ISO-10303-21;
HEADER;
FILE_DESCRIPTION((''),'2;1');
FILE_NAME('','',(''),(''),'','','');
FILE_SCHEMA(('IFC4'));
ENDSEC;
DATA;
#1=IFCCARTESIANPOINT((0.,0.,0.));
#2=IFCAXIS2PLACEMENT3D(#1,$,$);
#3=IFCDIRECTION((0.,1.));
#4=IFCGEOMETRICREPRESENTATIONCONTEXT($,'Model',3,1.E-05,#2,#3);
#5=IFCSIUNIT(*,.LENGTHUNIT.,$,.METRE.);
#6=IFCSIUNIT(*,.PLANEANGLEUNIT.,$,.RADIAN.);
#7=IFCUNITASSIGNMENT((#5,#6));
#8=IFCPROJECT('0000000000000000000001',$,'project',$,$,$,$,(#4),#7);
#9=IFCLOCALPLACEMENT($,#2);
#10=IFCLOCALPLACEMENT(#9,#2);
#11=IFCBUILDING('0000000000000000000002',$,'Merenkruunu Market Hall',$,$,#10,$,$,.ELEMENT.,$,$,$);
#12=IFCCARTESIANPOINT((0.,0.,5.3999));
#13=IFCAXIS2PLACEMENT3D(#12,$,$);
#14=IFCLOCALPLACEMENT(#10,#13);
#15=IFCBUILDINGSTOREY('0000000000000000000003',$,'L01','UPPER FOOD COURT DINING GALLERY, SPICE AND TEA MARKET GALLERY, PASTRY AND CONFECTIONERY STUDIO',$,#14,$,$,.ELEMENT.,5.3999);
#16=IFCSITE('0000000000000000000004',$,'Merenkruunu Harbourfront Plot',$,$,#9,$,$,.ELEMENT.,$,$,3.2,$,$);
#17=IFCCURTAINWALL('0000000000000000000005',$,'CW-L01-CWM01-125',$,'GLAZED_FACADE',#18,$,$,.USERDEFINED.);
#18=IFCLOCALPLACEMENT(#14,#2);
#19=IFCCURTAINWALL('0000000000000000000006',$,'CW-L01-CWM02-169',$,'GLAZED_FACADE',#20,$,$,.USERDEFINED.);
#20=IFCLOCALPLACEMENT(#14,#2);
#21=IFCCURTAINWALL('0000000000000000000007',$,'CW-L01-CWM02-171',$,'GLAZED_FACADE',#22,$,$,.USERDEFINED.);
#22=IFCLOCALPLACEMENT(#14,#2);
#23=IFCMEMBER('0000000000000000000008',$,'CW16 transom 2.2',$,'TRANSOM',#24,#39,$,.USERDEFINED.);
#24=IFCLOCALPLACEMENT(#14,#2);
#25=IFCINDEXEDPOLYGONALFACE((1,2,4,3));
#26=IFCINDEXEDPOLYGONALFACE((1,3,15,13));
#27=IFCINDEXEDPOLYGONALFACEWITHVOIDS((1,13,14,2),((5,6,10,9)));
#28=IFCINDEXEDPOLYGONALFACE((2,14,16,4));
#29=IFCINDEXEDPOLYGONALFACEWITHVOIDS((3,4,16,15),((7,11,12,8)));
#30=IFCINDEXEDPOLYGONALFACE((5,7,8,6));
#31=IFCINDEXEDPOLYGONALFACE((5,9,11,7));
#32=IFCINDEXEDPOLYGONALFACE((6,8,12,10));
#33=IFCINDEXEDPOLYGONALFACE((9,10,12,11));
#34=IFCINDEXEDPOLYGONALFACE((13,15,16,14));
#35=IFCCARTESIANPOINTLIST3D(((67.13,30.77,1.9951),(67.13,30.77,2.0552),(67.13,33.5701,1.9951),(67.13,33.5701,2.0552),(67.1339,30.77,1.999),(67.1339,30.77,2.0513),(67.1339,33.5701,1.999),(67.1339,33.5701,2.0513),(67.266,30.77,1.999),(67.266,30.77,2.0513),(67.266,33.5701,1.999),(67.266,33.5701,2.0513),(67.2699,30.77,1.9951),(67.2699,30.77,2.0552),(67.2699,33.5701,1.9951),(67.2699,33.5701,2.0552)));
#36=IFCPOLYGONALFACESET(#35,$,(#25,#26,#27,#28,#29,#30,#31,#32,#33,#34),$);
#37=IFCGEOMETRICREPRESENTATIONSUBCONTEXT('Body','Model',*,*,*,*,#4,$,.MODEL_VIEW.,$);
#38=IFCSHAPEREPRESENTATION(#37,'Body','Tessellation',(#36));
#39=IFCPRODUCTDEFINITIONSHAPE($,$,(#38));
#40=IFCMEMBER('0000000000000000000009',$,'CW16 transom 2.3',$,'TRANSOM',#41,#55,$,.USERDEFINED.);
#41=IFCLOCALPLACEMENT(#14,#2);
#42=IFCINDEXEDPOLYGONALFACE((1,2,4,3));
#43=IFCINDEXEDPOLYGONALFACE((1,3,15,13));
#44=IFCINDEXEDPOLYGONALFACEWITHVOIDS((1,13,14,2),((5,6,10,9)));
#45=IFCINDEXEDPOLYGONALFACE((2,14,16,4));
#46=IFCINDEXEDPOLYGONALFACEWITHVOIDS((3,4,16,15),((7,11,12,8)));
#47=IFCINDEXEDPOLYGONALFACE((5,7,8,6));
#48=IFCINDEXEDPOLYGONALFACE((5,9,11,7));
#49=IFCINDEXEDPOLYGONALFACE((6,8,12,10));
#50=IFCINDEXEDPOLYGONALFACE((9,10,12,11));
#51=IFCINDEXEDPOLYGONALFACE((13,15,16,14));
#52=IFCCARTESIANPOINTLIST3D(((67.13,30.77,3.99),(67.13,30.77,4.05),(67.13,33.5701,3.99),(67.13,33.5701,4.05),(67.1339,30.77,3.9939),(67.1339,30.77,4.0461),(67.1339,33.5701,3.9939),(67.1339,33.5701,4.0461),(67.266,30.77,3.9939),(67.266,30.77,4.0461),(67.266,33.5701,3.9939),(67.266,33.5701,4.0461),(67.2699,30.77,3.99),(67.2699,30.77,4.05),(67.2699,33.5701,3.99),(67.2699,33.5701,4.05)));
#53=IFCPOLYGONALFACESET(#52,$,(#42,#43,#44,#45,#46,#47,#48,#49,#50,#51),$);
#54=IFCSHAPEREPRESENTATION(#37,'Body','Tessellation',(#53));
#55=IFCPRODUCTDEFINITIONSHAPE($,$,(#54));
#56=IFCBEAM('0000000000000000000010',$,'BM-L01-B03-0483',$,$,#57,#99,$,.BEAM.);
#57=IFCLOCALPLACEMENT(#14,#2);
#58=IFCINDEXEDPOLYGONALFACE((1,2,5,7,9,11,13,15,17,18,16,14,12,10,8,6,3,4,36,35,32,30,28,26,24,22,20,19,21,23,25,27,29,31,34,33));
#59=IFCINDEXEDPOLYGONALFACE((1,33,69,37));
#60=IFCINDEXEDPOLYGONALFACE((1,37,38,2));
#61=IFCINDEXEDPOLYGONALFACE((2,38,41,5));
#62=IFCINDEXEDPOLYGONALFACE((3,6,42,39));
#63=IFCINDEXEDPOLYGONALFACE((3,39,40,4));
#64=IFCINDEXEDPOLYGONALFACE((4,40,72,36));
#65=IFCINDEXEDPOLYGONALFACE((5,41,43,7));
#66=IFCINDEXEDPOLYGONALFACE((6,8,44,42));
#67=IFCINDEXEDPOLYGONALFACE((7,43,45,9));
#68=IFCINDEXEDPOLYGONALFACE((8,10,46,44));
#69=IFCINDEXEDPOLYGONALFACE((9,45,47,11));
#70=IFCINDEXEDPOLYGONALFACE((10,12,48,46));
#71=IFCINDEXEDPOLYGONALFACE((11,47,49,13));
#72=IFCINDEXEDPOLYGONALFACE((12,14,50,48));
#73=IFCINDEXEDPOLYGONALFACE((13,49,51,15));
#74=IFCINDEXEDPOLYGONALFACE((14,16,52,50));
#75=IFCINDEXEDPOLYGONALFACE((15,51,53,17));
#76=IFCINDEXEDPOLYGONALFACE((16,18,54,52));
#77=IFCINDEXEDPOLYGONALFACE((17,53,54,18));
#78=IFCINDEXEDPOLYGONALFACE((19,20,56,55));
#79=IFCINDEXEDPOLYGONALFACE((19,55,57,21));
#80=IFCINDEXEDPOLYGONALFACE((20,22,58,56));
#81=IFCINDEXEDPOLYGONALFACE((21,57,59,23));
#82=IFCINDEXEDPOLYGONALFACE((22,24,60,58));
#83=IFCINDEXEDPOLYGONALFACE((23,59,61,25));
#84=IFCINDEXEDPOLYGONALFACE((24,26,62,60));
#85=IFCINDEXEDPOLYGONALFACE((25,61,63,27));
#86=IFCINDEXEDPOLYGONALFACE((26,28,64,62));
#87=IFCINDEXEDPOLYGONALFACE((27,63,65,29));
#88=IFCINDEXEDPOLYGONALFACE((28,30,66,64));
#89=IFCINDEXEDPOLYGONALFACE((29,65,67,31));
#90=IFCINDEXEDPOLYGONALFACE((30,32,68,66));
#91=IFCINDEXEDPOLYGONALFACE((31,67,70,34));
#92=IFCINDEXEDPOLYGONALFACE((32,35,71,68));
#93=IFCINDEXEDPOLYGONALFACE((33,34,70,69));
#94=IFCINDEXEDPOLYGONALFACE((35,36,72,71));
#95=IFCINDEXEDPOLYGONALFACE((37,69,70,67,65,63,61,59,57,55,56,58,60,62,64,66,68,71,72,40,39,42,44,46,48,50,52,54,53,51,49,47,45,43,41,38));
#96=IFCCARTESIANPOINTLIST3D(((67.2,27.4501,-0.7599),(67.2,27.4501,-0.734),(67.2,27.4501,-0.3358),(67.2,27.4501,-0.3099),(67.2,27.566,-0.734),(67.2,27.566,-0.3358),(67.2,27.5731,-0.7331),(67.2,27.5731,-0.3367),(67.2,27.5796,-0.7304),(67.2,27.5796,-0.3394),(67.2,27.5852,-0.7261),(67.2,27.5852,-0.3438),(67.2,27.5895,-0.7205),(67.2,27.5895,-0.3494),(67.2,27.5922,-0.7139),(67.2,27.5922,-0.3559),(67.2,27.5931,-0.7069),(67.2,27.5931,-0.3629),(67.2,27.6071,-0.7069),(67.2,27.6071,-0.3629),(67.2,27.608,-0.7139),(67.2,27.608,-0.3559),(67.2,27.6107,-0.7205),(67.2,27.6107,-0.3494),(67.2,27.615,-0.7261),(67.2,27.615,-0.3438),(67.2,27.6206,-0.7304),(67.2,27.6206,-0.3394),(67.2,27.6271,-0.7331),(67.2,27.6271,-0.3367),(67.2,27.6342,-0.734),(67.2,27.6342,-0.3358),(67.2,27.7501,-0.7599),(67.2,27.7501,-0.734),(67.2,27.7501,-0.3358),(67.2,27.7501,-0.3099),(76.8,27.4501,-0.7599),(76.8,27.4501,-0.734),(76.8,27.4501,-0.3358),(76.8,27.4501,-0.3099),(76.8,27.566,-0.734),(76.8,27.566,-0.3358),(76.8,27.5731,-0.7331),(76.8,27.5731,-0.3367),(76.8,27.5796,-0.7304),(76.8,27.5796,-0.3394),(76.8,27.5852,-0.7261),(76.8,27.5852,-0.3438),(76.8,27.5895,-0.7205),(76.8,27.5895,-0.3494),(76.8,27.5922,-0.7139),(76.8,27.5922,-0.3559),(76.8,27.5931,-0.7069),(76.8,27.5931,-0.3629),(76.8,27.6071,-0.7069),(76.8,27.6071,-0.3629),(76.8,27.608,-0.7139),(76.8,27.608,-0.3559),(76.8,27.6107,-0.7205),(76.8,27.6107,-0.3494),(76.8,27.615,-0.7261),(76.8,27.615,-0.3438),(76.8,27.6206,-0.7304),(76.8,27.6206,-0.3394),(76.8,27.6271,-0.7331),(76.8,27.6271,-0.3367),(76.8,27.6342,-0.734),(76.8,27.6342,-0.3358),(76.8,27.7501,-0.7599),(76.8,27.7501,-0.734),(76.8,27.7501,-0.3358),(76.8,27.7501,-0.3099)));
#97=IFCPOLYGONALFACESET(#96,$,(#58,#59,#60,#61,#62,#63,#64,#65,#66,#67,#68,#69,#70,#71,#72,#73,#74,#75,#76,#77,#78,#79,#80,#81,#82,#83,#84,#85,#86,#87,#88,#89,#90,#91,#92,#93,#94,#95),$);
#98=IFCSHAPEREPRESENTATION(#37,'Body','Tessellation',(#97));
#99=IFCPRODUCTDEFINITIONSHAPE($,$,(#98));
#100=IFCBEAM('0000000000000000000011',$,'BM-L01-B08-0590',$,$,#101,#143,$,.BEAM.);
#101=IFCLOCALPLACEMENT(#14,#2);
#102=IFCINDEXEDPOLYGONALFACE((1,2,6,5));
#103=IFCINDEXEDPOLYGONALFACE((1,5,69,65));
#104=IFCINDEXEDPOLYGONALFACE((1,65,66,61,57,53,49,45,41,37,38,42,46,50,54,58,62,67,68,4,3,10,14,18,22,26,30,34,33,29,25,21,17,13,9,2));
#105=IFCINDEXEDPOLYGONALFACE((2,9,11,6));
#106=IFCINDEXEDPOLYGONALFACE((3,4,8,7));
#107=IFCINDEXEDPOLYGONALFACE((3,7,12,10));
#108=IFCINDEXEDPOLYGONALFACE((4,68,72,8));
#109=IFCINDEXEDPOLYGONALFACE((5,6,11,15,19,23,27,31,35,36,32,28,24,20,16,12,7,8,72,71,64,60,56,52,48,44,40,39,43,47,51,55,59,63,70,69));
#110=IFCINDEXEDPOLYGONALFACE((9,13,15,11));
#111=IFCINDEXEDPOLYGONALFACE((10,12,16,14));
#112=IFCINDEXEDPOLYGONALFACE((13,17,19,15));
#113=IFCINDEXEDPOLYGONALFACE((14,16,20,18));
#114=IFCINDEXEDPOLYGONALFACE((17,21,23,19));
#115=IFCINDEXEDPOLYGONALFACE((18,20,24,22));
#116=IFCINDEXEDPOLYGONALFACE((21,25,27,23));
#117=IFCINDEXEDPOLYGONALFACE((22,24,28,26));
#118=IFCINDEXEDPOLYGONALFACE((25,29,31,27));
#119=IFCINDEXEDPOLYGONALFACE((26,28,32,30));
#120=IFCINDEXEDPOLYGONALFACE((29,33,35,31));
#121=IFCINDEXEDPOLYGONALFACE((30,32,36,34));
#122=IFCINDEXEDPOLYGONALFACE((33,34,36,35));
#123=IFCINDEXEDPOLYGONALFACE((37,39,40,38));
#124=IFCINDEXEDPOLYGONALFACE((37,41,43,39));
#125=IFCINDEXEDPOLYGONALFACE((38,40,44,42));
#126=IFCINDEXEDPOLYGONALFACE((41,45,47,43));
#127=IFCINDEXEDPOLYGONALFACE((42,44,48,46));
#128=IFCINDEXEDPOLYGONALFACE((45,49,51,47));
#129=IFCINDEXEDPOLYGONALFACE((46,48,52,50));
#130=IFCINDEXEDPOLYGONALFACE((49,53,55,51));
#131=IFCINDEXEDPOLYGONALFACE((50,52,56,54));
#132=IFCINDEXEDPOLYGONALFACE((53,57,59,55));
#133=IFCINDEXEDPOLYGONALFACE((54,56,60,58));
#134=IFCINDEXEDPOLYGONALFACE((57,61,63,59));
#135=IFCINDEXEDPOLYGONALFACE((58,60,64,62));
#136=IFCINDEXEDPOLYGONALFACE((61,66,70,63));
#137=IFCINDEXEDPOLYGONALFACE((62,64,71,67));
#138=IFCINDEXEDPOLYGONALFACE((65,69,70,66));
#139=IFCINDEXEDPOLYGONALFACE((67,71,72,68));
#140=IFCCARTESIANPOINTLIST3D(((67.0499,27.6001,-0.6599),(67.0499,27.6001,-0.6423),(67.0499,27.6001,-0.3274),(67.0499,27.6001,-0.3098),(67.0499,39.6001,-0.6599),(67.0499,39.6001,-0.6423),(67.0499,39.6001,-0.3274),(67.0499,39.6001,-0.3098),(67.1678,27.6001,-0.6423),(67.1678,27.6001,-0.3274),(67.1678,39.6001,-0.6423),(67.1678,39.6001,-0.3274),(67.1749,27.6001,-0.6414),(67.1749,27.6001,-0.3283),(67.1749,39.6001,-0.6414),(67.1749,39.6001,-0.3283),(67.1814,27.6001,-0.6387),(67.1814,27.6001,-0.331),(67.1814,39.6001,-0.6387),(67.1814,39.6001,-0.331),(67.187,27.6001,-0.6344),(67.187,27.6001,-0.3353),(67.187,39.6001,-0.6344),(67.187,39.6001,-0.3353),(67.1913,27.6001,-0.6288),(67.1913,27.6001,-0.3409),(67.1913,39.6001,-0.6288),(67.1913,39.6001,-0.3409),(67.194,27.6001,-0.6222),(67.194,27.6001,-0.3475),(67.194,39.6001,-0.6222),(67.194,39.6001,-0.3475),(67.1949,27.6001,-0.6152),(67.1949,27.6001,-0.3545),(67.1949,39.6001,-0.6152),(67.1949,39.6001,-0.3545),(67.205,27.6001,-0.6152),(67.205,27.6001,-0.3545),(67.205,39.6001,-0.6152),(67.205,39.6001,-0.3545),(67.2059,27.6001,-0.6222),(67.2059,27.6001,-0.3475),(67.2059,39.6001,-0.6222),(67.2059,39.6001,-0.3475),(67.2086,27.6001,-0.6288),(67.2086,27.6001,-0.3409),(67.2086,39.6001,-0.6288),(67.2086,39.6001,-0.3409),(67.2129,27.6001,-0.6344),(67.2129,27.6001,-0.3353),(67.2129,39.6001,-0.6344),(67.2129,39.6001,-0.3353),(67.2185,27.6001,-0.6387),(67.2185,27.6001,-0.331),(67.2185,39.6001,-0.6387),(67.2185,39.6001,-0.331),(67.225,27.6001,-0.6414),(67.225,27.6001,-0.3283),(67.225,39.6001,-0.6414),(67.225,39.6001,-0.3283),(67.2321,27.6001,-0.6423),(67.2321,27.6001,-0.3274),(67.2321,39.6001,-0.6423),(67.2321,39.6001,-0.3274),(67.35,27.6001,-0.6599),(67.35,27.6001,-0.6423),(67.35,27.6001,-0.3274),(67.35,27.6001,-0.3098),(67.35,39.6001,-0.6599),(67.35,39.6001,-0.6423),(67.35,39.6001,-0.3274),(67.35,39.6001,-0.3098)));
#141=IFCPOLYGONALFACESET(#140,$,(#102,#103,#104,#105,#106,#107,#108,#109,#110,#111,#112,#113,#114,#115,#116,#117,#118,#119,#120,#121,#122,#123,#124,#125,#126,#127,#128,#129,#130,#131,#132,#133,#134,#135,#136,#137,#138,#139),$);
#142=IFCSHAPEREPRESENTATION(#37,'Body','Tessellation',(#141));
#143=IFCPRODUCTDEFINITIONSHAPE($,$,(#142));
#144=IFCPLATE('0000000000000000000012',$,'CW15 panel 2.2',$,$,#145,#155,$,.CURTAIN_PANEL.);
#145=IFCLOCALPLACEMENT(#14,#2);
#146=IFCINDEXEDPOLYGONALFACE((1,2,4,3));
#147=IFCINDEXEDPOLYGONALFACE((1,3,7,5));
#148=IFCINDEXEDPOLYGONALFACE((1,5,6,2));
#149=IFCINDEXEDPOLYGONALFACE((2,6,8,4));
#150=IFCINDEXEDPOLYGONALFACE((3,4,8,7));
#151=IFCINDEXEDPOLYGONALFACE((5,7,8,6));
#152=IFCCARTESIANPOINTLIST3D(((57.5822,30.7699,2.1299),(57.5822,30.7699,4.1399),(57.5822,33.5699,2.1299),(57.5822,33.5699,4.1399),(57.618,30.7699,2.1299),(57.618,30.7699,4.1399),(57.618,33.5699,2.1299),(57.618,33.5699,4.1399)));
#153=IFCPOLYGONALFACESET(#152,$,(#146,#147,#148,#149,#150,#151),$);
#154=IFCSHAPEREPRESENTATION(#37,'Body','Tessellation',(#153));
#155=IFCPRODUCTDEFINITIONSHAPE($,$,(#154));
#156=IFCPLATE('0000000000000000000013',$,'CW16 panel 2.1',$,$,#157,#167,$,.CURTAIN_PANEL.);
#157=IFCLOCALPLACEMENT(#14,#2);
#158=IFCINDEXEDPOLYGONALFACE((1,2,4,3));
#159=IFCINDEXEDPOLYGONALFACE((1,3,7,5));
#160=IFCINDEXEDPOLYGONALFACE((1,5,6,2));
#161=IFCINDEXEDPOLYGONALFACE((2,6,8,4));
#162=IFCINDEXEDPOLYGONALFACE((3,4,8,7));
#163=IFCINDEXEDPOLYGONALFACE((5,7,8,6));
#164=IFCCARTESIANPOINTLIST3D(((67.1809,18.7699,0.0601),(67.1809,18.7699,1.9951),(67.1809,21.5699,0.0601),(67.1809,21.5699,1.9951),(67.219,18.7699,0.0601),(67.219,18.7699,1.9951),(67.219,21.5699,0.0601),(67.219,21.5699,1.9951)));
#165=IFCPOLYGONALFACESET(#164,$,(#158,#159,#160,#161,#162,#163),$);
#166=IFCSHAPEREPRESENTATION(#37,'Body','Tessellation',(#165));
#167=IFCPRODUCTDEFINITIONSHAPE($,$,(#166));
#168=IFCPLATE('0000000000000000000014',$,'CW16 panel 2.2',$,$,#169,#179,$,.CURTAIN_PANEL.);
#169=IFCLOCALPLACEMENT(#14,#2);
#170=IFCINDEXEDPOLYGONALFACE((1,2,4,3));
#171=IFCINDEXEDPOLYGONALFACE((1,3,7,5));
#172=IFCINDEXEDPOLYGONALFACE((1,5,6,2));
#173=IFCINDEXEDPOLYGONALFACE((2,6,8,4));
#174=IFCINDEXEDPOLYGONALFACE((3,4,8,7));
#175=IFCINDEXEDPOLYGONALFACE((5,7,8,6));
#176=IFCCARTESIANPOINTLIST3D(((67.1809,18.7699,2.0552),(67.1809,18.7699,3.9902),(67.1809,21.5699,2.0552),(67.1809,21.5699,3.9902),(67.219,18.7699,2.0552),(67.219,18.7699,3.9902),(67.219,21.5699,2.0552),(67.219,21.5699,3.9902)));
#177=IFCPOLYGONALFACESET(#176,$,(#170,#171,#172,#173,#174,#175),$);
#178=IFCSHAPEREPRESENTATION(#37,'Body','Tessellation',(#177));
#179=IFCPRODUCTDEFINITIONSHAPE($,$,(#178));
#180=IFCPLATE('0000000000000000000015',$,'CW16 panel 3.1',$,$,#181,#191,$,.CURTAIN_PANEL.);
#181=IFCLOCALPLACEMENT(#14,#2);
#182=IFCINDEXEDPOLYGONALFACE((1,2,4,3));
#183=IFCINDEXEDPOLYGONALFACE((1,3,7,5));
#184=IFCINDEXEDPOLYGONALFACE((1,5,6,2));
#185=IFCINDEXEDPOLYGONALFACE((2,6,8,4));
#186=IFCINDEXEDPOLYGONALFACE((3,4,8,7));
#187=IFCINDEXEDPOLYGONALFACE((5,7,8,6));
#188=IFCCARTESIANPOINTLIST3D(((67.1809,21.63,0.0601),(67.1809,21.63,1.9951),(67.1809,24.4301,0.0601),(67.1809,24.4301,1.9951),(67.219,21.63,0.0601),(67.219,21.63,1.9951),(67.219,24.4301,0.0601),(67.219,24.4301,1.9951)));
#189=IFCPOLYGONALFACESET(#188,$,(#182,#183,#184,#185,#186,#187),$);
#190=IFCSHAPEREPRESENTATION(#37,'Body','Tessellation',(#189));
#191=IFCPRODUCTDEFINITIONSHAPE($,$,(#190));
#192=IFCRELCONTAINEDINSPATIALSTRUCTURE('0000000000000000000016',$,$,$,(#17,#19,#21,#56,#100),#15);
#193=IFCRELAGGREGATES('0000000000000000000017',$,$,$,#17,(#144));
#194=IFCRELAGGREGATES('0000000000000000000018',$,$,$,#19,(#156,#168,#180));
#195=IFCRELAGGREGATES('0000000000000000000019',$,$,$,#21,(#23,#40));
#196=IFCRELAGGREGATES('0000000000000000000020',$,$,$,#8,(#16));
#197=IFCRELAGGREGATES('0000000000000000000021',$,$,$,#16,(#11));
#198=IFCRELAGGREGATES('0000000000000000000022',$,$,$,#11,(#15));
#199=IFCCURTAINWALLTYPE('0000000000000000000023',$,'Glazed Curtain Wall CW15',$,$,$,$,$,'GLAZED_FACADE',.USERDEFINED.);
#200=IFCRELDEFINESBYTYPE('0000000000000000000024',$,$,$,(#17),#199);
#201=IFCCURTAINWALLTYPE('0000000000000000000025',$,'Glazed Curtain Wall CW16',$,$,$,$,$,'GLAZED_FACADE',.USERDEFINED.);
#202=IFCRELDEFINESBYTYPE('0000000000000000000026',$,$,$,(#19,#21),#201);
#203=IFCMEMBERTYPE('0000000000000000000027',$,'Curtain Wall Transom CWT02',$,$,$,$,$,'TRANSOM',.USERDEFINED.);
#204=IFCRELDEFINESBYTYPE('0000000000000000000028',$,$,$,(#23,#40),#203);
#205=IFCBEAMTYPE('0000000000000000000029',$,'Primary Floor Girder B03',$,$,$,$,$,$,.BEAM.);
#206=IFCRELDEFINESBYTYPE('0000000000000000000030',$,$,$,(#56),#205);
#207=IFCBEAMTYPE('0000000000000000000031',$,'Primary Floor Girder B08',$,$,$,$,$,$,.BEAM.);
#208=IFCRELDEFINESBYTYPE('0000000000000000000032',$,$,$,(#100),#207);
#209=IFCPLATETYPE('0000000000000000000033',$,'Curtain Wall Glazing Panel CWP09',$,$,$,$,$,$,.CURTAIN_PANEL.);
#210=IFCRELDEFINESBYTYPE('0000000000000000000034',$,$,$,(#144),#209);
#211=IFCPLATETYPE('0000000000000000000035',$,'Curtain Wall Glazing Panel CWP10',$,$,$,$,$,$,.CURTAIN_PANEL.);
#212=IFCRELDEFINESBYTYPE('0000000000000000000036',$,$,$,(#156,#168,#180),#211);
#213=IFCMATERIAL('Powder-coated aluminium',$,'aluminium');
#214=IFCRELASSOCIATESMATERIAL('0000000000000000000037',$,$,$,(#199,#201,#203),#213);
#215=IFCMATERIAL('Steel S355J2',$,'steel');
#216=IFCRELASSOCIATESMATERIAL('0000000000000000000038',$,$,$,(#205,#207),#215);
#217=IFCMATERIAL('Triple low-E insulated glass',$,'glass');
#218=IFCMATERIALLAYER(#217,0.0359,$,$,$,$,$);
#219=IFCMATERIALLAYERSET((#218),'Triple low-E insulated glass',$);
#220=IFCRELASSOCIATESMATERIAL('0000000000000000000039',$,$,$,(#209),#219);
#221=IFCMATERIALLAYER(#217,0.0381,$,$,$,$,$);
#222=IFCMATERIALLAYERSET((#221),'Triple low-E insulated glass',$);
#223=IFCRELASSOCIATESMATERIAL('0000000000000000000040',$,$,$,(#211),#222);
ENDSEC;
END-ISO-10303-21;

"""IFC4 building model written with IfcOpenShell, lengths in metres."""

from ifc_helpers import new_model, si_unit, direction, frame, origin, origin_2d, place, context, subcontext, project, spatial, rectangle, hollow_rectangle, i_section, extrude, material, layer, layer_set, material_profile, profile_set, type_object, element, aggregate, save


model = new_model("IFC4")

# Units and contexts
model_context = context("Model", 3, precision=1e-05, world=origin(), true_north=direction((0.0, 1.0)))
body_context = subcontext(model_context, "Body", "Model", "MODEL_VIEW")
ifc_project = project(units=[si_unit("LENGTHUNIT", "METRE"), si_unit("PLANEANGLEUNIT", "RADIAN")], contexts=[model_context])

# Site, building, storey
site_placement = place(None, origin())
site = spatial("IfcSite", under=ifc_project, at=site_placement, Name="Merenkruunu Harbourfront Plot", CompositionType="ELEMENT", RefElevation=3.2)
building_placement = place(site_placement, origin())
building = spatial("IfcBuilding", under=site, at=building_placement, Name="Merenkruunu Market Hall", CompositionType="ELEMENT")
storey_placement = place(building_placement, frame((0.0, 0.0, 5.3999)))
storey = spatial("IfcBuildingStorey", under=building, at=storey_placement, Name="L01", Description="UPPER FOOD COURT DINING GALLERY, SPICE AND TEA MARKET GALLERY, PASTRY AND CONFECTIONERY STUDIO", CompositionType="ELEMENT", Elevation=5.3999)

# Curtain wall
ifc_material_1 = material(Name="Powder-coated aluminium", Category="aluminium")
curtain_wall_type_1 = type_object("IfcCurtainWallType", Name="Glazed Curtain Wall CW15", ElementType="GLAZED_FACADE", PredefinedType="USERDEFINED", material=ifc_material_1)
curtain_wall_1_placement = place(storey_placement, origin())
curtain_wall_1 = element("IfcCurtainWall", 1, at=curtain_wall_1_placement, inside=storey, type_object=curtain_wall_type_1, Name="CW-L01-CWM01-125", ObjectType="GLAZED_FACADE", PredefinedType="USERDEFINED")

# Curtain walls
curtain_wall_type_2 = type_object("IfcCurtainWallType", Name="Glazed Curtain Wall CW16", ElementType="GLAZED_FACADE", PredefinedType="USERDEFINED", material=ifc_material_1)
curtain_wall_2_placement = place(storey_placement, origin())
curtain_wall_2 = element("IfcCurtainWall", 2, at=curtain_wall_2_placement, inside=storey, type_object=curtain_wall_type_2, Name="CW-L01-CWM02-169", ObjectType="GLAZED_FACADE", PredefinedType="USERDEFINED")
curtain_wall_3_placement = place(storey_placement, origin())
curtain_wall_3 = element("IfcCurtainWall", 3, at=curtain_wall_3_placement, inside=storey, type_object=curtain_wall_type_2, Name="CW-L01-CWM02-171", ObjectType="GLAZED_FACADE", PredefinedType="USERDEFINED")

# Members
ifc_material_profile_1 = material_profile(ifc_material_1, hollow_rectangle(XDim=0.0601, YDim=0.1399, WallThickness=0.0039, at=origin_2d()), Name="ALU 60x140x4")
ifc_profile_set_1 = profile_set([ifc_material_profile_1], Name="Powder-coated aluminium")
member_type_1 = type_object("IfcMemberType", Name="Curtain Wall Transom CWT02", ElementType="TRANSOM", PredefinedType="USERDEFINED", material=ifc_profile_set_1)
member_1_placement = place(storey_placement, frame((67.2, 30.77, 2.0251), z_axis=(0.0, 1.0, 0.0), x_axis=(0.0, 0.0, 1.0)))
member_1 = element("IfcMember", 4, at=member_1_placement, type_object=member_type_1, Name="CW16 transom 2.2", ObjectType="TRANSOM", PredefinedType="USERDEFINED", context=body_context, shape_type="SweptSolid", body=[
    extrude(hollow_rectangle(XDim=0.0601, YDim=0.1399, WallThickness=0.0039, at=origin_2d()), origin(), (0.0, 0.0, 1.0), 2.8),
])
member_2_placement = place(storey_placement, frame((67.2, 30.77, 4.02), z_axis=(0.0, 1.0, 0.0), x_axis=(0.0, 0.0, 1.0)))
member_2 = element("IfcMember", 5, at=member_2_placement, type_object=member_type_1, Name="CW16 transom 2.3", ObjectType="TRANSOM", PredefinedType="USERDEFINED", context=body_context, shape_type="SweptSolid", body=[
    extrude(hollow_rectangle(XDim=0.0601, YDim=0.1399, WallThickness=0.0039, at=origin_2d()), origin(), (0.0, 0.0, 1.0), 2.8),
])

# Beams
ifc_material_2 = material(Name="Steel S355J2", Category="steel")
ifc_material_profile_2 = material_profile(ifc_material_2, i_section(OverallWidth=0.3, OverallDepth=0.45, WebThickness=0.0139, FlangeThickness=0.0259, FilletRadius=0.0271, at=origin_2d()), Name="HEB 450")
ifc_profile_set_2 = profile_set([ifc_material_profile_2], Name="Steel S355J2")
beam_type_1 = type_object("IfcBeamType", Name="Primary Floor Girder B03", PredefinedType="BEAM", material=ifc_profile_set_2)
beam_1_placement = place(storey_placement, frame((67.2, 27.6001, -0.5349), z_axis=(1.0, 0.0, 0.0), x_axis=(0.0, 1.0, 0.0)))
element("IfcBeam", 6, at=beam_1_placement, inside=storey, type_object=beam_type_1, Name="BM-L01-B03-0483", PredefinedType="BEAM", context=body_context, shape_type="SweptSolid", body=[
    extrude(i_section(OverallWidth=0.3, OverallDepth=0.45, WebThickness=0.0139, FlangeThickness=0.0259, FilletRadius=0.0271, at=origin_2d()), origin(), (0.0, 0.0, 1.0), 9.6001),
])
ifc_material_profile_3 = material_profile(ifc_material_2, i_section(OverallWidth=0.3, OverallDepth=0.3501, WebThickness=0.01, FlangeThickness=0.0176, FilletRadius=0.0271, at=origin_2d()), Name="HEA 360")
ifc_profile_set_3 = profile_set([ifc_material_profile_3], Name="Steel S355J2")
beam_type_2 = type_object("IfcBeamType", Name="Primary Floor Girder B08", PredefinedType="BEAM", material=ifc_profile_set_3)
beam_2_placement = place(storey_placement, frame((67.2, 27.6001, -0.4849), z_axis=(0.0, 1.0, 0.0), x_axis=(-1.0, 0.0, 0.0)))
element("IfcBeam", 7, at=beam_2_placement, inside=storey, type_object=beam_type_2, Name="BM-L01-B08-0590", PredefinedType="BEAM", context=body_context, shape_type="SweptSolid", body=[
    extrude(i_section(OverallWidth=0.3, OverallDepth=0.3501, WebThickness=0.01, FlangeThickness=0.0176, FilletRadius=0.0271, at=origin_2d()), origin(), (0.0, 0.0, 1.0), 12.0),
])

# Plates
ifc_material_3 = material(Name="Triple low-E insulated glass", Category="glass")
ifc_layer_1 = layer(ifc_material_3, 0.0359)
ifc_layer_set_1 = layer_set([ifc_layer_1], Name="Triple low-E insulated glass")
plate_type_1 = type_object("IfcPlateType", Name="Curtain Wall Glazing Panel CWP09", PredefinedType="CURTAIN_PANEL", material=ifc_layer_set_1)
plate_1_placement = place(storey_placement, frame((57.6001, 32.1699, 2.1299), z_axis=(0.0, 0.0, 1.0), x_axis=(0.0, 1.0, 0.0)))
plate_1 = element("IfcPlate", 8, at=plate_1_placement, type_object=plate_type_1, Name="CW15 panel 2.2", PredefinedType="CURTAIN_PANEL", context=body_context, shape_type="SweptSolid", body=[
    extrude(rectangle(XDim=2.8, YDim=0.0359, at=origin_2d()), origin(), (0.0, 0.0, 1.0), 2.01),
])
aggregate(curtain_wall_1, [plate_1])
ifc_layer_2 = layer(ifc_material_3, 0.0381)
ifc_layer_set_2 = layer_set([ifc_layer_2], Name="Triple low-E insulated glass")
plate_type_2 = type_object("IfcPlateType", Name="Curtain Wall Glazing Panel CWP10", PredefinedType="CURTAIN_PANEL", material=ifc_layer_set_2)
plate_2_placement = place(storey_placement, frame((67.2, 20.1699, 0.0601), z_axis=(0.0, 0.0, 1.0), x_axis=(0.0, 1.0, 0.0)))
plate_2 = element("IfcPlate", 9, at=plate_2_placement, type_object=plate_type_2, Name="CW16 panel 2.1", PredefinedType="CURTAIN_PANEL", context=body_context, shape_type="SweptSolid", body=[
    extrude(rectangle(XDim=2.8, YDim=0.0381, at=origin_2d()), origin(), (0.0, 0.0, 1.0), 1.9351),
])
plate_3_placement = place(storey_placement, frame((67.2, 20.1699, 2.0552), z_axis=(0.0, 0.0, 1.0), x_axis=(0.0, 1.0, 0.0)))
plate_3 = element("IfcPlate", 10, at=plate_3_placement, type_object=plate_type_2, Name="CW16 panel 2.2", PredefinedType="CURTAIN_PANEL", context=body_context, shape_type="SweptSolid", body=[
    extrude(rectangle(XDim=2.8, YDim=0.0381, at=origin_2d()), origin(), (0.0, 0.0, 1.0), 1.9351),
])
plate_4_placement = place(storey_placement, frame((67.2, 23.03, 0.0601), z_axis=(0.0, 0.0, 1.0), x_axis=(0.0, 1.0, 0.0)))
plate_4 = element("IfcPlate", 11, at=plate_4_placement, type_object=plate_type_2, Name="CW16 panel 3.1", PredefinedType="CURTAIN_PANEL", context=body_context, shape_type="SweptSolid", body=[
    extrude(rectangle(XDim=2.8, YDim=0.0381, at=origin_2d()), origin(), (0.0, 0.0, 1.0), 1.9351),
])
aggregate(curtain_wall_2, [plate_2, plate_3, plate_4])
aggregate(curtain_wall_3, [member_1, member_2])

save(model, "model.ifc")
